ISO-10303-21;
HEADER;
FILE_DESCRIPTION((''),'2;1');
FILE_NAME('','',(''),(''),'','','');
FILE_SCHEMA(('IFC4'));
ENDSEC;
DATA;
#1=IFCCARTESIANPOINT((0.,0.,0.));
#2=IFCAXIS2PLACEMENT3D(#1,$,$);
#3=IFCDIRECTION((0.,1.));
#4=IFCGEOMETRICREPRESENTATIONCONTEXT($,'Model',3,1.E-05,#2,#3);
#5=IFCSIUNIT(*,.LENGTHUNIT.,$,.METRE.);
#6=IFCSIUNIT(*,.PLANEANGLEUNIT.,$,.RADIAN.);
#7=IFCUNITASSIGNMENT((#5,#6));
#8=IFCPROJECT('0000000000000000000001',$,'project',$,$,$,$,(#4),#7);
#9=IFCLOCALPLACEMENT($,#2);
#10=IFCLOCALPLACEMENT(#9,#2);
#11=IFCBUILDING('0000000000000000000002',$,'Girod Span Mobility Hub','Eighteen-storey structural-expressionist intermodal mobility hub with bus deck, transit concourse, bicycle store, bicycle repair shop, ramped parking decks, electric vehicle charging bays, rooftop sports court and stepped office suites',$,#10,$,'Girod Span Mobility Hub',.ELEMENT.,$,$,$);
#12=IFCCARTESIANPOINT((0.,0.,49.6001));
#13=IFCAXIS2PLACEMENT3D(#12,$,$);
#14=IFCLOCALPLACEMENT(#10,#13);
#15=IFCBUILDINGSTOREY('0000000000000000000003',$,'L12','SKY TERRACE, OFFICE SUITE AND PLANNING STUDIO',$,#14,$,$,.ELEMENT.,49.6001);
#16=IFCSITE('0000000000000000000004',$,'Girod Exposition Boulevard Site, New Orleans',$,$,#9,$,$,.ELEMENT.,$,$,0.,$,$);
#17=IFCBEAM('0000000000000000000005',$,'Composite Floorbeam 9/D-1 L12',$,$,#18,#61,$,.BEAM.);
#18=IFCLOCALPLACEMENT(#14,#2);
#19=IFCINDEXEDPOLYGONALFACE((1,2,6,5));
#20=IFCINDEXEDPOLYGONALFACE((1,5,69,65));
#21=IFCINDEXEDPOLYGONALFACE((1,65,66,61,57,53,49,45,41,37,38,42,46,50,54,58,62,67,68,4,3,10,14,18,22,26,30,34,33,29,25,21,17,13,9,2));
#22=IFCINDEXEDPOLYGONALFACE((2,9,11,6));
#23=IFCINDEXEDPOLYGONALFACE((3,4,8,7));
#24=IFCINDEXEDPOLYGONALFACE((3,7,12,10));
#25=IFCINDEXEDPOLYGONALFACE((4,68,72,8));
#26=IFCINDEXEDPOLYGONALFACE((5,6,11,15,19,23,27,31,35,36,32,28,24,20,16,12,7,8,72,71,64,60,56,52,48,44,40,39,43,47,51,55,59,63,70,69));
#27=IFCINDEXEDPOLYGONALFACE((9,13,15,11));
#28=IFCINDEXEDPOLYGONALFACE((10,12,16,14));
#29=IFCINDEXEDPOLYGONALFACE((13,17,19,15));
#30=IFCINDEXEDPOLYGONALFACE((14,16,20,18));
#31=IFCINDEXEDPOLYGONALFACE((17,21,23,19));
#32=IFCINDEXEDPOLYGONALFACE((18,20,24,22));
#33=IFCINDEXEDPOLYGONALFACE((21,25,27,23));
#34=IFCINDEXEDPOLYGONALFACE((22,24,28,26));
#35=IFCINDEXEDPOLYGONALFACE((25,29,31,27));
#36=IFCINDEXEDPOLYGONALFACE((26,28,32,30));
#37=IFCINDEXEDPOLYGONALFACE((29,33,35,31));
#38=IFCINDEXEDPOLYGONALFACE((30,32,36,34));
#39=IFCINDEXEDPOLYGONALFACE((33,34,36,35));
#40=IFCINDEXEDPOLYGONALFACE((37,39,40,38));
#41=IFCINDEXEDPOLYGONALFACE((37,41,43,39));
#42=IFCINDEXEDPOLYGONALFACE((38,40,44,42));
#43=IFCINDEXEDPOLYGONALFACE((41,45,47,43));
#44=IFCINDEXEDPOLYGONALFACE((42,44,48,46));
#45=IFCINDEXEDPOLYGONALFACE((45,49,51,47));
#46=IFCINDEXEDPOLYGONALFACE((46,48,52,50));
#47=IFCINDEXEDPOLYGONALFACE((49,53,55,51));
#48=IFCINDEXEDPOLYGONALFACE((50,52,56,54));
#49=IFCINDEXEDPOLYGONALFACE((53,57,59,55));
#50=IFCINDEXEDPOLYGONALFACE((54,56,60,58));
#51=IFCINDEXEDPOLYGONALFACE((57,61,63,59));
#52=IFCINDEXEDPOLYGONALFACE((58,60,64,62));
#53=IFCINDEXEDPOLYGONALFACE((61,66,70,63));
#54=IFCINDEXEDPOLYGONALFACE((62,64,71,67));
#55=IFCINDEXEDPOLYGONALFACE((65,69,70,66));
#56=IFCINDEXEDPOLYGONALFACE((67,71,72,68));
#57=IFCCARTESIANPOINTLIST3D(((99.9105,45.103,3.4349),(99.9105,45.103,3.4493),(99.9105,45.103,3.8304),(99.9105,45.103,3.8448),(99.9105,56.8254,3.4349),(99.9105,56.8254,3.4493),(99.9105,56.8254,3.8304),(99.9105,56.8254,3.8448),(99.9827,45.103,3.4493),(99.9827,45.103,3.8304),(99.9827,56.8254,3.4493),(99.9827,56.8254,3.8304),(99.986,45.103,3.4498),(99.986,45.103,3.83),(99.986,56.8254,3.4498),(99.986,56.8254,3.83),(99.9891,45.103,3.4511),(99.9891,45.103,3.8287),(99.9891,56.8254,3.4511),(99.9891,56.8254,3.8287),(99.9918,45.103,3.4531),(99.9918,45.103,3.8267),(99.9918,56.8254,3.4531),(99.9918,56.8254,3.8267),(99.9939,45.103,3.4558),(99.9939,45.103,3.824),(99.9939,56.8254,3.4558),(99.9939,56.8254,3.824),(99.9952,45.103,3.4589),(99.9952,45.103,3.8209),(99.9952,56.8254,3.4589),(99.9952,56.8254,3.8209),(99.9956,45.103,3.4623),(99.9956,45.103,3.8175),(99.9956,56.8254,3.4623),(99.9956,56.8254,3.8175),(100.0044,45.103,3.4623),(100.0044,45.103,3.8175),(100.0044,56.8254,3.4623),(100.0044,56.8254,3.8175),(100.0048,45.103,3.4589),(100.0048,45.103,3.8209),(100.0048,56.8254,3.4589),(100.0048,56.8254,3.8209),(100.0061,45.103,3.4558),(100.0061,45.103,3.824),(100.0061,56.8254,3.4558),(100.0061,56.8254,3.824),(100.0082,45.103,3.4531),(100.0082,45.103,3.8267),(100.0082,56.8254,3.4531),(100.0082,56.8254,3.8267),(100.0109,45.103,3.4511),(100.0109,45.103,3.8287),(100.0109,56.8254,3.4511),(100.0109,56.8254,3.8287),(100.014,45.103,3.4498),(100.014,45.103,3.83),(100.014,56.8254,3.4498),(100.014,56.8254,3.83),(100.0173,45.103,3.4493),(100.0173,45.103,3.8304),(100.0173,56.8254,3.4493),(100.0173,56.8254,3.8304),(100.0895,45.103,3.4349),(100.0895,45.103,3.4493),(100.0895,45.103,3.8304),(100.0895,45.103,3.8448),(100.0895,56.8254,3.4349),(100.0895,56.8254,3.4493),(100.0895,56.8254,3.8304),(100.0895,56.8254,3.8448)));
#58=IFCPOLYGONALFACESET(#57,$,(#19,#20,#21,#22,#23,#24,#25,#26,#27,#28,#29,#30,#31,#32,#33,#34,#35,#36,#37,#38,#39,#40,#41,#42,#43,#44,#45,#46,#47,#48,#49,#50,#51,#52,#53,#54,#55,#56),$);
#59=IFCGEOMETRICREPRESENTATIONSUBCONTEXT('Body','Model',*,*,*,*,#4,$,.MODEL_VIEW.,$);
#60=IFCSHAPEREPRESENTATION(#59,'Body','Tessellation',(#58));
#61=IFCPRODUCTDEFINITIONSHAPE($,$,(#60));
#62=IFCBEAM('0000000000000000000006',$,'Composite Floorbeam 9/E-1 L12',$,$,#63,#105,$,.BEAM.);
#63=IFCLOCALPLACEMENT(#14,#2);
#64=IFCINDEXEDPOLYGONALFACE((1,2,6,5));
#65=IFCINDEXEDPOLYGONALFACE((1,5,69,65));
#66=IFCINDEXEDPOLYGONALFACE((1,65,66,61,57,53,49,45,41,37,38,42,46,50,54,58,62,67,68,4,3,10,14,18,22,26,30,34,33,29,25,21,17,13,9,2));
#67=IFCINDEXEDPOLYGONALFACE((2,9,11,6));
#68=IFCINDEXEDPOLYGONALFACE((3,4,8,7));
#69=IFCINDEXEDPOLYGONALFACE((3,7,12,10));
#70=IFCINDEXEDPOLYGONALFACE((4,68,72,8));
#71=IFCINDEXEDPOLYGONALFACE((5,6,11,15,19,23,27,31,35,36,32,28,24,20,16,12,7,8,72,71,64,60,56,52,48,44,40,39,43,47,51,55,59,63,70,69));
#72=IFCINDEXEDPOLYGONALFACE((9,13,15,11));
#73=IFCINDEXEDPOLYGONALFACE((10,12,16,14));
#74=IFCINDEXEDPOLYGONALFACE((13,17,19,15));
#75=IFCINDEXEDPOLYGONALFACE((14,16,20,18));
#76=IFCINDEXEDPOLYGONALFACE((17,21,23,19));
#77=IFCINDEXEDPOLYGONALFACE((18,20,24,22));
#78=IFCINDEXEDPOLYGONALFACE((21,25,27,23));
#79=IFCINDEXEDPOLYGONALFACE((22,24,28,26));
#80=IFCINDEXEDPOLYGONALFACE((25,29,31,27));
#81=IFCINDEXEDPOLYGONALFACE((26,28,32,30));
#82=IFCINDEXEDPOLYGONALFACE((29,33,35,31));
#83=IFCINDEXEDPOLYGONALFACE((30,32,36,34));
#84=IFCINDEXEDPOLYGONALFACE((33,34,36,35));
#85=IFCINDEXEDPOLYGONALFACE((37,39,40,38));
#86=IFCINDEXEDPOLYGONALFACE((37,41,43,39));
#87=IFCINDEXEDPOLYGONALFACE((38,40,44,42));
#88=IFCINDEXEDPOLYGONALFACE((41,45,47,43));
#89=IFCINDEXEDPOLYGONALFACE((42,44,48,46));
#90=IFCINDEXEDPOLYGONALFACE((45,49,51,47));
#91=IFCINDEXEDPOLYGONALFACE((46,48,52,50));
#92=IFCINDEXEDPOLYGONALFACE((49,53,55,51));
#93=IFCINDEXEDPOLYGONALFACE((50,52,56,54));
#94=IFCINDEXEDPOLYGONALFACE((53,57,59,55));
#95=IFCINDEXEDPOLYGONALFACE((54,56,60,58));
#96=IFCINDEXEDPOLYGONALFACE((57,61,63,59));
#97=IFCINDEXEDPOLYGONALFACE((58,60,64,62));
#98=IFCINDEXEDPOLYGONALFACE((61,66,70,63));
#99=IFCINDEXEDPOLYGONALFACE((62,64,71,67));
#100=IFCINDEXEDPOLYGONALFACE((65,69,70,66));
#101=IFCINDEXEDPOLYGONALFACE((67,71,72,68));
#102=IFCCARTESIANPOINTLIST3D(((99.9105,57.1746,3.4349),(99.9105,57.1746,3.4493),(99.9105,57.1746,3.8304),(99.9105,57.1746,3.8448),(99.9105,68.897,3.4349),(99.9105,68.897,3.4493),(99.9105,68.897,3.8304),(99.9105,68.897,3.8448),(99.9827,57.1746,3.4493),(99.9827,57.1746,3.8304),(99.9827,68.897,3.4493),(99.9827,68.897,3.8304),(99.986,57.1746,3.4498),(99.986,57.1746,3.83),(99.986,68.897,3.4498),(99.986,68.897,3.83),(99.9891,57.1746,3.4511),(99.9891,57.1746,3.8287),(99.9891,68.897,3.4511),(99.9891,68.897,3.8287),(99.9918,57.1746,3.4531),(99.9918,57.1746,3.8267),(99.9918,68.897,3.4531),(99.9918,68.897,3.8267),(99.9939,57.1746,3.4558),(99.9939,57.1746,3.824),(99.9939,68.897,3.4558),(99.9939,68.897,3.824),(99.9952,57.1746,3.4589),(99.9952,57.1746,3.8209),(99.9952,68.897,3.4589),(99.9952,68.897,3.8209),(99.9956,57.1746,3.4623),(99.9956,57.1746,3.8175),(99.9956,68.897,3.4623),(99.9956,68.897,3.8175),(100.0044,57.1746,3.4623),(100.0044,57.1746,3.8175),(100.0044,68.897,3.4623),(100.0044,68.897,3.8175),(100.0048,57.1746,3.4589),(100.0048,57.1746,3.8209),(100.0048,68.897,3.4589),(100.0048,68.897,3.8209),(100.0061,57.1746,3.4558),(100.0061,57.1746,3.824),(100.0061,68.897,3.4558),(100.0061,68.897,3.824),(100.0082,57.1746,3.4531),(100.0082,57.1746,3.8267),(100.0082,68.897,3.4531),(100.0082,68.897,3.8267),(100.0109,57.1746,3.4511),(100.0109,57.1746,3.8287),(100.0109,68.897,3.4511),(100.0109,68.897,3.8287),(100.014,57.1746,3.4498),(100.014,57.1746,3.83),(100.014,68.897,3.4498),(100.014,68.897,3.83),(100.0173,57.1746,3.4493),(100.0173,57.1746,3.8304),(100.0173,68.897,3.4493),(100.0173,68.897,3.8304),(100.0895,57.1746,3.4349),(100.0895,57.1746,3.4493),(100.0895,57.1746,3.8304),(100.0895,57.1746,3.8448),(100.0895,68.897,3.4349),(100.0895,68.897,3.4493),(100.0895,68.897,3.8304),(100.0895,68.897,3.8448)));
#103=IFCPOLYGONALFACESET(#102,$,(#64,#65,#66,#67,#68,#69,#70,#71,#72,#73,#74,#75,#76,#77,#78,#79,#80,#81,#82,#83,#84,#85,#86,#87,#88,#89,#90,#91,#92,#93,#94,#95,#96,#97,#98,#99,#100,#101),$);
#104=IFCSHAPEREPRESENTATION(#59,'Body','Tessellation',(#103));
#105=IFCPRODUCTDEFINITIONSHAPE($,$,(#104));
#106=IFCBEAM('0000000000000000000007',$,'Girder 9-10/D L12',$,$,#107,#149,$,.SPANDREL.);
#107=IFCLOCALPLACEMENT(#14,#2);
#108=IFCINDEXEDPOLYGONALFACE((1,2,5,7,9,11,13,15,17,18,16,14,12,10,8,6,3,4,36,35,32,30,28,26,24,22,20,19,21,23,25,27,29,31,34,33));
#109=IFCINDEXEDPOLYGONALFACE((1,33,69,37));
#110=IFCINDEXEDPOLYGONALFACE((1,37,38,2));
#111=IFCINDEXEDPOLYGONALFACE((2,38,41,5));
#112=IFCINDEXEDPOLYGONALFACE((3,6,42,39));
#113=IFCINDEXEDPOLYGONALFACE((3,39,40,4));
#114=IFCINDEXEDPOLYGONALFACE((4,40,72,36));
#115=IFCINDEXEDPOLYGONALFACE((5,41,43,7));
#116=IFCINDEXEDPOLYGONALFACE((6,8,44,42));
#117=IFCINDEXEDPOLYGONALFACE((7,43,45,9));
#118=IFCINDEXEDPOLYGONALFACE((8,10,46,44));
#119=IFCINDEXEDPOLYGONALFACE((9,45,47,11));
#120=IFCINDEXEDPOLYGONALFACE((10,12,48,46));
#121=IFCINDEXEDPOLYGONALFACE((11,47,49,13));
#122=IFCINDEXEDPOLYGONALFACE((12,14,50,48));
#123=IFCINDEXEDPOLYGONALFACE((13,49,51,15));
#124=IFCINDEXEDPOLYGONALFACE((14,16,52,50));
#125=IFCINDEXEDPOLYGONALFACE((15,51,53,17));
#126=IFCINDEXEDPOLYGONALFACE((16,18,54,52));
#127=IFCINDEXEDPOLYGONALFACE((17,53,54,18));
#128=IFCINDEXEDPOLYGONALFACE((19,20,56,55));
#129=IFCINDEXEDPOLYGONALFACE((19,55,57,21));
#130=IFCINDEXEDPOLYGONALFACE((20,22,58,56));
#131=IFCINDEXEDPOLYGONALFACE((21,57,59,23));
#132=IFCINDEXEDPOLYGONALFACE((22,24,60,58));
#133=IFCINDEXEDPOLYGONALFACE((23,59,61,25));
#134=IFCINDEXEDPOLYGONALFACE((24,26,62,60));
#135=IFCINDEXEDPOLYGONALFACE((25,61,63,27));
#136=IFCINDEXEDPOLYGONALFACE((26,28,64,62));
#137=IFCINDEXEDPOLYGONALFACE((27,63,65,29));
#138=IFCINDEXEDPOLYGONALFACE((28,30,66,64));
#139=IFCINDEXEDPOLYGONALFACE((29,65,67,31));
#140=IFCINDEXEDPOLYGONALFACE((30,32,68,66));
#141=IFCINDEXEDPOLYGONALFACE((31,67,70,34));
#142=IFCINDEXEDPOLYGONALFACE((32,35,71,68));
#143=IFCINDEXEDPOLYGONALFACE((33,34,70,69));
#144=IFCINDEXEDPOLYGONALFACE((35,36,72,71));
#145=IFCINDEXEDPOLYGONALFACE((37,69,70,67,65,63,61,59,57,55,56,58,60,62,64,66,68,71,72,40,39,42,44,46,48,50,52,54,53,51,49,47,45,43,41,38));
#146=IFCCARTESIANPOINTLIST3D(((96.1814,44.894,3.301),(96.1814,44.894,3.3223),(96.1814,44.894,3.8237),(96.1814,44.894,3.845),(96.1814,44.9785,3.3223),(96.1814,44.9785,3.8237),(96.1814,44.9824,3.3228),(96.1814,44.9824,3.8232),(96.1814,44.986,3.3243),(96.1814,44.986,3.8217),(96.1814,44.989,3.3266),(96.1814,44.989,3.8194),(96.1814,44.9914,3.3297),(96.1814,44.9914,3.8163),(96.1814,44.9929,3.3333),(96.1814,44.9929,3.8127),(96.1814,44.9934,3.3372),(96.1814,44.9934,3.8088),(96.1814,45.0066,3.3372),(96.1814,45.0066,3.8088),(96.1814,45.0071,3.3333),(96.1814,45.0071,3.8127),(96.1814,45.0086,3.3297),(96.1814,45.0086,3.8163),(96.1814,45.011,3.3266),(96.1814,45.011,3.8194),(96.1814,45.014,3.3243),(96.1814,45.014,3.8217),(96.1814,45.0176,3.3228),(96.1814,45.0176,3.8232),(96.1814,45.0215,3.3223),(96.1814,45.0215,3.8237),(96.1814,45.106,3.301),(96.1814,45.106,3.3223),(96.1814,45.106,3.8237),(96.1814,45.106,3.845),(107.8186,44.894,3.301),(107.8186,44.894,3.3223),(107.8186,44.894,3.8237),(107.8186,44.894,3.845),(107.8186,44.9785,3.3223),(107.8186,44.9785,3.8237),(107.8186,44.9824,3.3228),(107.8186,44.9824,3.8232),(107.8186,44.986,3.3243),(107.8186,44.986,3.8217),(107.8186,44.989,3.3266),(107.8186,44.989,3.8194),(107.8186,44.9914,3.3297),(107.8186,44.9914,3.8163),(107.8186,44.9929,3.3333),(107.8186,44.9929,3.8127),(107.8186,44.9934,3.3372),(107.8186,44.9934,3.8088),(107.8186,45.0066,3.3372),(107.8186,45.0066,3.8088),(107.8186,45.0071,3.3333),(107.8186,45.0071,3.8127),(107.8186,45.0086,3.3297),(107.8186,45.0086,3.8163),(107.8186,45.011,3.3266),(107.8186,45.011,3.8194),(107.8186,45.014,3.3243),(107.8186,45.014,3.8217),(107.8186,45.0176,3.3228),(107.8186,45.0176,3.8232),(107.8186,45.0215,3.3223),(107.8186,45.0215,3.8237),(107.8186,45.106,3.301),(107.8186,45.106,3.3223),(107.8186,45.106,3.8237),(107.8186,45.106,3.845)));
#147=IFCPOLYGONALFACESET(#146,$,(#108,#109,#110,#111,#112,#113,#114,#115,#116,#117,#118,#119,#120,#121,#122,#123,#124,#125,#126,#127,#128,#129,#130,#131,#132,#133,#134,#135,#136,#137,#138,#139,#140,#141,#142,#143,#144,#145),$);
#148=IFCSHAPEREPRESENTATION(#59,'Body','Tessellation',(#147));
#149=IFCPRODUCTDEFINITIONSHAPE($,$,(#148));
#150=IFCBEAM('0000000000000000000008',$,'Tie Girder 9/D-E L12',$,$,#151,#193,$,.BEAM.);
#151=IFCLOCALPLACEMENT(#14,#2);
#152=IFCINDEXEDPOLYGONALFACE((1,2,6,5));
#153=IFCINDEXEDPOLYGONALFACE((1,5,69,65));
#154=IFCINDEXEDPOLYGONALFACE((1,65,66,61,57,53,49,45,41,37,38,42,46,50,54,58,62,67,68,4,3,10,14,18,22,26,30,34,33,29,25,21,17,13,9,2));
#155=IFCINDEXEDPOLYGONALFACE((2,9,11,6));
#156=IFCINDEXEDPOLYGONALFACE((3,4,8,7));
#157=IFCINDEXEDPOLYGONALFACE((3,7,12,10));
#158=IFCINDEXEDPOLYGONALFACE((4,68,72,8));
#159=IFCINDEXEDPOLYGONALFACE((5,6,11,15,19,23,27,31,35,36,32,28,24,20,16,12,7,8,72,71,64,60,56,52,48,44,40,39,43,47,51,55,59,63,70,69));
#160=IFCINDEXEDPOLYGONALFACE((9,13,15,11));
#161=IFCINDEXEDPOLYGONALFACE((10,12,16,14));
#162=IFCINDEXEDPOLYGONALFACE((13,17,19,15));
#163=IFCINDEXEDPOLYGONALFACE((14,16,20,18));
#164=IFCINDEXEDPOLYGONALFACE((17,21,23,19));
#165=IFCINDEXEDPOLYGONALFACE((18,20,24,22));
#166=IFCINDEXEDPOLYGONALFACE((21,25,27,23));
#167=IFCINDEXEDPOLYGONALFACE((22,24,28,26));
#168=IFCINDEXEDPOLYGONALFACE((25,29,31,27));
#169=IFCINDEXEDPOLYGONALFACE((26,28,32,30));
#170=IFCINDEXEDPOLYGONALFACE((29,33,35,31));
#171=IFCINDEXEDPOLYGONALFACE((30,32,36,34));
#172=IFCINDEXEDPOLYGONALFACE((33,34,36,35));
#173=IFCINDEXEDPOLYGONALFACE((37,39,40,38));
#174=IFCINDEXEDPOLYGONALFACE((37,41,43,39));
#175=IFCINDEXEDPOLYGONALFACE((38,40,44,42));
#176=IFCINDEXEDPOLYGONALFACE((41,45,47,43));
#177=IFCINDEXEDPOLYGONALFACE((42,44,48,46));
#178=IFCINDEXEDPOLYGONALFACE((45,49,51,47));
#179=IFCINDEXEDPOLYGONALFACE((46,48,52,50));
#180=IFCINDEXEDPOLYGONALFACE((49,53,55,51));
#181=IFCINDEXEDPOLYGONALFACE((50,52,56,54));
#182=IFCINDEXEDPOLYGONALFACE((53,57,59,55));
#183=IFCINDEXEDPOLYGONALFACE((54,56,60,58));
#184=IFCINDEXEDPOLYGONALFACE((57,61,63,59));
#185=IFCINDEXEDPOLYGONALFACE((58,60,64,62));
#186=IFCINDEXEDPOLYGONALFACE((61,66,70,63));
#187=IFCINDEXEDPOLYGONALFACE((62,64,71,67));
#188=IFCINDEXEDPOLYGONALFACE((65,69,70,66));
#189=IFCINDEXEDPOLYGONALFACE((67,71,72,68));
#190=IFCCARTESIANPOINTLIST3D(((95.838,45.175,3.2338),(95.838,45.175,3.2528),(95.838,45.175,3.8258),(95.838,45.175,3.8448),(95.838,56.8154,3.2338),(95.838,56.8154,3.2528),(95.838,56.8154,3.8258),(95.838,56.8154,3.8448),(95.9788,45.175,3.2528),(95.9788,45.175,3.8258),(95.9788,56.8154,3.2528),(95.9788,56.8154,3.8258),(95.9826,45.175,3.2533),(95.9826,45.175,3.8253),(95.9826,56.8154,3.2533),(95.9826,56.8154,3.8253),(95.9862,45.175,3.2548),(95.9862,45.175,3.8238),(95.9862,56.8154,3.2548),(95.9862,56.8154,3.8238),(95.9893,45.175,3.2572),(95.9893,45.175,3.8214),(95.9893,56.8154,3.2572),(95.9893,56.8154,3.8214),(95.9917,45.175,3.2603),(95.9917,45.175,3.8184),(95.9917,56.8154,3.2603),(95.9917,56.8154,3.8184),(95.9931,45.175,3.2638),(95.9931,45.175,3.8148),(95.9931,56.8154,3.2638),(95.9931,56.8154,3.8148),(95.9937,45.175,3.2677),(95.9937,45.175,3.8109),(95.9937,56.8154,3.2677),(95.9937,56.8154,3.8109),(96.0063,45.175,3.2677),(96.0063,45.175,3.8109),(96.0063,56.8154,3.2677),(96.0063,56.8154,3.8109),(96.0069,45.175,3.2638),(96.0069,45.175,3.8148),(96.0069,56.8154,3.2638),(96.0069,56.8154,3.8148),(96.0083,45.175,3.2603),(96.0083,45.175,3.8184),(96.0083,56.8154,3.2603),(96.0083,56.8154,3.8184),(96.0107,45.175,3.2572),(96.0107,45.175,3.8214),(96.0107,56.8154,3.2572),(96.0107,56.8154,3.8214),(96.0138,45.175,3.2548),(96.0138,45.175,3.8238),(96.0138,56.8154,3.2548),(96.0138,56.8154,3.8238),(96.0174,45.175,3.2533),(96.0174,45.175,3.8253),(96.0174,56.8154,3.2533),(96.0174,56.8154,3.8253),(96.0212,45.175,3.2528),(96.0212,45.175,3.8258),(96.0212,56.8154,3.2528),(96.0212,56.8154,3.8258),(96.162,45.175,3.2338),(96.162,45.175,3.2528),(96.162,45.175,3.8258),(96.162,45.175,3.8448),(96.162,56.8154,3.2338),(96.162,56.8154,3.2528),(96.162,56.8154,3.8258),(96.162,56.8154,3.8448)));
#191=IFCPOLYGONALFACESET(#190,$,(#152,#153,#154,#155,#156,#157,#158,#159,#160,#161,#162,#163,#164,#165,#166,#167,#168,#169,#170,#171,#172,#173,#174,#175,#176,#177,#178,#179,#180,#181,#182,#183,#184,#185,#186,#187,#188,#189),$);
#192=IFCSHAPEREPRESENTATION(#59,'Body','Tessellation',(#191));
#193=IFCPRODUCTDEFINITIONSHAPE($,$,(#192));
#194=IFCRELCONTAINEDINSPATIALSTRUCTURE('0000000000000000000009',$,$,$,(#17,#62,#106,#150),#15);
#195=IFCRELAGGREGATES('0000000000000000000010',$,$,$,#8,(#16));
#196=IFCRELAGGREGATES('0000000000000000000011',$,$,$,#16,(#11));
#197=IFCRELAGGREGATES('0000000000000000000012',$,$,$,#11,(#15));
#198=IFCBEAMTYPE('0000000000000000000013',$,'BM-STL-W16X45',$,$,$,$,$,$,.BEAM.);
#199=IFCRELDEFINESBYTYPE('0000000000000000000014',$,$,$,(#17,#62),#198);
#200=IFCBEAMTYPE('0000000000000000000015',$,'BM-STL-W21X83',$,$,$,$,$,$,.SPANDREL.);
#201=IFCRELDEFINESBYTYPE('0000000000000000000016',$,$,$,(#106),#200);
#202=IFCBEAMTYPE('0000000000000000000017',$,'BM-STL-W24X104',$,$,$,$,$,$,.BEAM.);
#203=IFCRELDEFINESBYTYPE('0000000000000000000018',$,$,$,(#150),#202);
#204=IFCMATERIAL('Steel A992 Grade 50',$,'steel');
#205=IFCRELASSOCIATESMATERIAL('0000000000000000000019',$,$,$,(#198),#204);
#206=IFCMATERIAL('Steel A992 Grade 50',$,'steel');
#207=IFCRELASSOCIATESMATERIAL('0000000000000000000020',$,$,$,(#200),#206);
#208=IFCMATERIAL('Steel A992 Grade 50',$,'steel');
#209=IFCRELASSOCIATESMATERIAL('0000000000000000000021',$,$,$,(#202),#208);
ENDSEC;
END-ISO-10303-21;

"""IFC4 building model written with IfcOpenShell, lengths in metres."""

from ifc_helpers import new_model, si_unit, direction, frame, origin, origin_2d, place, context, subcontext, project, spatial, i_section, extrude, material, material_profile, profile_set, type_object, element, save


model = new_model("IFC4")

# Units and contexts
model_context = context("Model", 3, precision=1e-05, world=origin(), true_north=direction((0.0, 1.0)))
body_context = subcontext(model_context, "Body", "Model", "MODEL_VIEW")
ifc_project = project(units=[si_unit("LENGTHUNIT", "METRE"), si_unit("PLANEANGLEUNIT", "RADIAN")], contexts=[model_context])

# Site, building, storey
site_placement = place(None, origin())
site = spatial("IfcSite", under=ifc_project, at=site_placement, Name="Girod Exposition Boulevard Site, New Orleans", CompositionType="ELEMENT", RefElevation=0.0)
building_placement = place(site_placement, origin())
building = spatial("IfcBuilding", under=site, at=building_placement, Name="Girod Span Mobility Hub", Description="Eighteen-storey structural-expressionist intermodal mobility hub with bus deck, transit concourse, bicycle store, bicycle repair shop, ramped parking decks, electric vehicle charging bays, rooftop sports court and stepped office suites", LongName="Girod Span Mobility Hub", CompositionType="ELEMENT")
storey_placement = place(building_placement, frame((0.0, 0.0, 49.6001)))
storey = spatial("IfcBuildingStorey", under=building, at=storey_placement, Name="L12", Description="SKY TERRACE, OFFICE SUITE AND PLANNING STUDIO", CompositionType="ELEMENT", Elevation=49.6001)

# Beams
ifc_material_1 = material(Name="Steel A992 Grade 50", Category="steel")
ifc_material_profile_1 = material_profile(ifc_material_1, i_section(OverallWidth=0.179, OverallDepth=0.4099, WebThickness=0.0088, FlangeThickness=0.0144, FilletRadius=0.0129, at=origin_2d()), Name="W16X45")
ifc_profile_set_1 = profile_set([ifc_material_profile_1], Name="Steel A992 Grade 50")
beam_type_1 = type_object("IfcBeamType", Name="BM-STL-W16X45", PredefinedType="BEAM", material=ifc_profile_set_1)
for number, where, z_axis, x_axis, name in (
    (1, (100.0, 45.103, 3.6399), (0.0, 1.0, 0.0), (-1.0, 0.0, 0.0), "Composite Floorbeam 9/D-1 L12"),
    (2, (100.0, 57.1746, 3.6399), (0.0, 1.0, 0.0), (-1.0, 0.0, 0.0), "Composite Floorbeam 9/E-1 L12"),
):
    element("IfcBeam", number, at=place(storey_placement, frame(where, z_axis=z_axis, x_axis=x_axis)), inside=storey, type_object=beam_type_1, Name=name, PredefinedType="BEAM", context=body_context, shape_type="SweptSolid", body=[
        extrude(i_section(OverallWidth=0.179, OverallDepth=0.4099, WebThickness=0.0088, FlangeThickness=0.0144, FilletRadius=0.0129, at=origin_2d()), origin(), (0.0, 0.0, 1.0), 11.7224),
    ])
ifc_material_2 = material(Name="Steel A992 Grade 50", Category="steel")
ifc_material_profile_2 = material_profile(ifc_material_2, i_section(OverallWidth=0.2119, OverallDepth=0.5439, WebThickness=0.0132, FlangeThickness=0.0212, FilletRadius=0.0149, at=origin_2d()), Name="W21X83")
ifc_profile_set_2 = profile_set([ifc_material_profile_2], Name="Steel A992 Grade 50")
beam_type_2 = type_object("IfcBeamType", Name="BM-STL-W21X83", PredefinedType="SPANDREL", material=ifc_profile_set_2)
beam_1_placement = place(storey_placement, frame((96.1814, 45.0, 3.573), z_axis=(1.0, 0.0, 0.0), x_axis=(0.0, 1.0, 0.0)))
element("IfcBeam", 3, at=beam_1_placement, inside=storey, type_object=beam_type_2, Name="Girder 9-10/D L12", PredefinedType="SPANDREL", context=body_context, shape_type="SweptSolid", body=[
    extrude(i_section(OverallWidth=0.2119, OverallDepth=0.5439, WebThickness=0.0132, FlangeThickness=0.0212, FilletRadius=0.0149, at=origin_2d()), origin(), (0.0, 0.0, 1.0), 11.6372),
])
ifc_material_3 = material(Name="Steel A992 Grade 50", Category="steel")
ifc_material_profile_3 = material_profile(ifc_material_3, i_section(OverallWidth=0.324, OverallDepth=0.6111, WebThickness=0.0127, FlangeThickness=0.019, FilletRadius=0.0149, at=origin_2d()), Name="W24X104")
ifc_profile_set_3 = profile_set([ifc_material_profile_3], Name="Steel A992 Grade 50")
beam_type_3 = type_object("IfcBeamType", Name="BM-STL-W24X104", PredefinedType="BEAM", material=ifc_profile_set_3)
beam_2_placement = place(storey_placement, frame((96.0, 45.175, 3.5393), z_axis=(0.0, 1.0, 0.0), x_axis=(-1.0, 0.0, 0.0)))
element("IfcBeam", 4, at=beam_2_placement, inside=storey, type_object=beam_type_3, Name="Tie Girder 9/D-E L12", PredefinedType="BEAM", context=body_context, shape_type="SweptSolid", body=[
    extrude(i_section(OverallWidth=0.324, OverallDepth=0.6111, WebThickness=0.0127, FlangeThickness=0.019, FilletRadius=0.0149, at=origin_2d()), origin(), (0.0, 0.0, 1.0), 11.6404),
])

save(model, "model.ifc")
